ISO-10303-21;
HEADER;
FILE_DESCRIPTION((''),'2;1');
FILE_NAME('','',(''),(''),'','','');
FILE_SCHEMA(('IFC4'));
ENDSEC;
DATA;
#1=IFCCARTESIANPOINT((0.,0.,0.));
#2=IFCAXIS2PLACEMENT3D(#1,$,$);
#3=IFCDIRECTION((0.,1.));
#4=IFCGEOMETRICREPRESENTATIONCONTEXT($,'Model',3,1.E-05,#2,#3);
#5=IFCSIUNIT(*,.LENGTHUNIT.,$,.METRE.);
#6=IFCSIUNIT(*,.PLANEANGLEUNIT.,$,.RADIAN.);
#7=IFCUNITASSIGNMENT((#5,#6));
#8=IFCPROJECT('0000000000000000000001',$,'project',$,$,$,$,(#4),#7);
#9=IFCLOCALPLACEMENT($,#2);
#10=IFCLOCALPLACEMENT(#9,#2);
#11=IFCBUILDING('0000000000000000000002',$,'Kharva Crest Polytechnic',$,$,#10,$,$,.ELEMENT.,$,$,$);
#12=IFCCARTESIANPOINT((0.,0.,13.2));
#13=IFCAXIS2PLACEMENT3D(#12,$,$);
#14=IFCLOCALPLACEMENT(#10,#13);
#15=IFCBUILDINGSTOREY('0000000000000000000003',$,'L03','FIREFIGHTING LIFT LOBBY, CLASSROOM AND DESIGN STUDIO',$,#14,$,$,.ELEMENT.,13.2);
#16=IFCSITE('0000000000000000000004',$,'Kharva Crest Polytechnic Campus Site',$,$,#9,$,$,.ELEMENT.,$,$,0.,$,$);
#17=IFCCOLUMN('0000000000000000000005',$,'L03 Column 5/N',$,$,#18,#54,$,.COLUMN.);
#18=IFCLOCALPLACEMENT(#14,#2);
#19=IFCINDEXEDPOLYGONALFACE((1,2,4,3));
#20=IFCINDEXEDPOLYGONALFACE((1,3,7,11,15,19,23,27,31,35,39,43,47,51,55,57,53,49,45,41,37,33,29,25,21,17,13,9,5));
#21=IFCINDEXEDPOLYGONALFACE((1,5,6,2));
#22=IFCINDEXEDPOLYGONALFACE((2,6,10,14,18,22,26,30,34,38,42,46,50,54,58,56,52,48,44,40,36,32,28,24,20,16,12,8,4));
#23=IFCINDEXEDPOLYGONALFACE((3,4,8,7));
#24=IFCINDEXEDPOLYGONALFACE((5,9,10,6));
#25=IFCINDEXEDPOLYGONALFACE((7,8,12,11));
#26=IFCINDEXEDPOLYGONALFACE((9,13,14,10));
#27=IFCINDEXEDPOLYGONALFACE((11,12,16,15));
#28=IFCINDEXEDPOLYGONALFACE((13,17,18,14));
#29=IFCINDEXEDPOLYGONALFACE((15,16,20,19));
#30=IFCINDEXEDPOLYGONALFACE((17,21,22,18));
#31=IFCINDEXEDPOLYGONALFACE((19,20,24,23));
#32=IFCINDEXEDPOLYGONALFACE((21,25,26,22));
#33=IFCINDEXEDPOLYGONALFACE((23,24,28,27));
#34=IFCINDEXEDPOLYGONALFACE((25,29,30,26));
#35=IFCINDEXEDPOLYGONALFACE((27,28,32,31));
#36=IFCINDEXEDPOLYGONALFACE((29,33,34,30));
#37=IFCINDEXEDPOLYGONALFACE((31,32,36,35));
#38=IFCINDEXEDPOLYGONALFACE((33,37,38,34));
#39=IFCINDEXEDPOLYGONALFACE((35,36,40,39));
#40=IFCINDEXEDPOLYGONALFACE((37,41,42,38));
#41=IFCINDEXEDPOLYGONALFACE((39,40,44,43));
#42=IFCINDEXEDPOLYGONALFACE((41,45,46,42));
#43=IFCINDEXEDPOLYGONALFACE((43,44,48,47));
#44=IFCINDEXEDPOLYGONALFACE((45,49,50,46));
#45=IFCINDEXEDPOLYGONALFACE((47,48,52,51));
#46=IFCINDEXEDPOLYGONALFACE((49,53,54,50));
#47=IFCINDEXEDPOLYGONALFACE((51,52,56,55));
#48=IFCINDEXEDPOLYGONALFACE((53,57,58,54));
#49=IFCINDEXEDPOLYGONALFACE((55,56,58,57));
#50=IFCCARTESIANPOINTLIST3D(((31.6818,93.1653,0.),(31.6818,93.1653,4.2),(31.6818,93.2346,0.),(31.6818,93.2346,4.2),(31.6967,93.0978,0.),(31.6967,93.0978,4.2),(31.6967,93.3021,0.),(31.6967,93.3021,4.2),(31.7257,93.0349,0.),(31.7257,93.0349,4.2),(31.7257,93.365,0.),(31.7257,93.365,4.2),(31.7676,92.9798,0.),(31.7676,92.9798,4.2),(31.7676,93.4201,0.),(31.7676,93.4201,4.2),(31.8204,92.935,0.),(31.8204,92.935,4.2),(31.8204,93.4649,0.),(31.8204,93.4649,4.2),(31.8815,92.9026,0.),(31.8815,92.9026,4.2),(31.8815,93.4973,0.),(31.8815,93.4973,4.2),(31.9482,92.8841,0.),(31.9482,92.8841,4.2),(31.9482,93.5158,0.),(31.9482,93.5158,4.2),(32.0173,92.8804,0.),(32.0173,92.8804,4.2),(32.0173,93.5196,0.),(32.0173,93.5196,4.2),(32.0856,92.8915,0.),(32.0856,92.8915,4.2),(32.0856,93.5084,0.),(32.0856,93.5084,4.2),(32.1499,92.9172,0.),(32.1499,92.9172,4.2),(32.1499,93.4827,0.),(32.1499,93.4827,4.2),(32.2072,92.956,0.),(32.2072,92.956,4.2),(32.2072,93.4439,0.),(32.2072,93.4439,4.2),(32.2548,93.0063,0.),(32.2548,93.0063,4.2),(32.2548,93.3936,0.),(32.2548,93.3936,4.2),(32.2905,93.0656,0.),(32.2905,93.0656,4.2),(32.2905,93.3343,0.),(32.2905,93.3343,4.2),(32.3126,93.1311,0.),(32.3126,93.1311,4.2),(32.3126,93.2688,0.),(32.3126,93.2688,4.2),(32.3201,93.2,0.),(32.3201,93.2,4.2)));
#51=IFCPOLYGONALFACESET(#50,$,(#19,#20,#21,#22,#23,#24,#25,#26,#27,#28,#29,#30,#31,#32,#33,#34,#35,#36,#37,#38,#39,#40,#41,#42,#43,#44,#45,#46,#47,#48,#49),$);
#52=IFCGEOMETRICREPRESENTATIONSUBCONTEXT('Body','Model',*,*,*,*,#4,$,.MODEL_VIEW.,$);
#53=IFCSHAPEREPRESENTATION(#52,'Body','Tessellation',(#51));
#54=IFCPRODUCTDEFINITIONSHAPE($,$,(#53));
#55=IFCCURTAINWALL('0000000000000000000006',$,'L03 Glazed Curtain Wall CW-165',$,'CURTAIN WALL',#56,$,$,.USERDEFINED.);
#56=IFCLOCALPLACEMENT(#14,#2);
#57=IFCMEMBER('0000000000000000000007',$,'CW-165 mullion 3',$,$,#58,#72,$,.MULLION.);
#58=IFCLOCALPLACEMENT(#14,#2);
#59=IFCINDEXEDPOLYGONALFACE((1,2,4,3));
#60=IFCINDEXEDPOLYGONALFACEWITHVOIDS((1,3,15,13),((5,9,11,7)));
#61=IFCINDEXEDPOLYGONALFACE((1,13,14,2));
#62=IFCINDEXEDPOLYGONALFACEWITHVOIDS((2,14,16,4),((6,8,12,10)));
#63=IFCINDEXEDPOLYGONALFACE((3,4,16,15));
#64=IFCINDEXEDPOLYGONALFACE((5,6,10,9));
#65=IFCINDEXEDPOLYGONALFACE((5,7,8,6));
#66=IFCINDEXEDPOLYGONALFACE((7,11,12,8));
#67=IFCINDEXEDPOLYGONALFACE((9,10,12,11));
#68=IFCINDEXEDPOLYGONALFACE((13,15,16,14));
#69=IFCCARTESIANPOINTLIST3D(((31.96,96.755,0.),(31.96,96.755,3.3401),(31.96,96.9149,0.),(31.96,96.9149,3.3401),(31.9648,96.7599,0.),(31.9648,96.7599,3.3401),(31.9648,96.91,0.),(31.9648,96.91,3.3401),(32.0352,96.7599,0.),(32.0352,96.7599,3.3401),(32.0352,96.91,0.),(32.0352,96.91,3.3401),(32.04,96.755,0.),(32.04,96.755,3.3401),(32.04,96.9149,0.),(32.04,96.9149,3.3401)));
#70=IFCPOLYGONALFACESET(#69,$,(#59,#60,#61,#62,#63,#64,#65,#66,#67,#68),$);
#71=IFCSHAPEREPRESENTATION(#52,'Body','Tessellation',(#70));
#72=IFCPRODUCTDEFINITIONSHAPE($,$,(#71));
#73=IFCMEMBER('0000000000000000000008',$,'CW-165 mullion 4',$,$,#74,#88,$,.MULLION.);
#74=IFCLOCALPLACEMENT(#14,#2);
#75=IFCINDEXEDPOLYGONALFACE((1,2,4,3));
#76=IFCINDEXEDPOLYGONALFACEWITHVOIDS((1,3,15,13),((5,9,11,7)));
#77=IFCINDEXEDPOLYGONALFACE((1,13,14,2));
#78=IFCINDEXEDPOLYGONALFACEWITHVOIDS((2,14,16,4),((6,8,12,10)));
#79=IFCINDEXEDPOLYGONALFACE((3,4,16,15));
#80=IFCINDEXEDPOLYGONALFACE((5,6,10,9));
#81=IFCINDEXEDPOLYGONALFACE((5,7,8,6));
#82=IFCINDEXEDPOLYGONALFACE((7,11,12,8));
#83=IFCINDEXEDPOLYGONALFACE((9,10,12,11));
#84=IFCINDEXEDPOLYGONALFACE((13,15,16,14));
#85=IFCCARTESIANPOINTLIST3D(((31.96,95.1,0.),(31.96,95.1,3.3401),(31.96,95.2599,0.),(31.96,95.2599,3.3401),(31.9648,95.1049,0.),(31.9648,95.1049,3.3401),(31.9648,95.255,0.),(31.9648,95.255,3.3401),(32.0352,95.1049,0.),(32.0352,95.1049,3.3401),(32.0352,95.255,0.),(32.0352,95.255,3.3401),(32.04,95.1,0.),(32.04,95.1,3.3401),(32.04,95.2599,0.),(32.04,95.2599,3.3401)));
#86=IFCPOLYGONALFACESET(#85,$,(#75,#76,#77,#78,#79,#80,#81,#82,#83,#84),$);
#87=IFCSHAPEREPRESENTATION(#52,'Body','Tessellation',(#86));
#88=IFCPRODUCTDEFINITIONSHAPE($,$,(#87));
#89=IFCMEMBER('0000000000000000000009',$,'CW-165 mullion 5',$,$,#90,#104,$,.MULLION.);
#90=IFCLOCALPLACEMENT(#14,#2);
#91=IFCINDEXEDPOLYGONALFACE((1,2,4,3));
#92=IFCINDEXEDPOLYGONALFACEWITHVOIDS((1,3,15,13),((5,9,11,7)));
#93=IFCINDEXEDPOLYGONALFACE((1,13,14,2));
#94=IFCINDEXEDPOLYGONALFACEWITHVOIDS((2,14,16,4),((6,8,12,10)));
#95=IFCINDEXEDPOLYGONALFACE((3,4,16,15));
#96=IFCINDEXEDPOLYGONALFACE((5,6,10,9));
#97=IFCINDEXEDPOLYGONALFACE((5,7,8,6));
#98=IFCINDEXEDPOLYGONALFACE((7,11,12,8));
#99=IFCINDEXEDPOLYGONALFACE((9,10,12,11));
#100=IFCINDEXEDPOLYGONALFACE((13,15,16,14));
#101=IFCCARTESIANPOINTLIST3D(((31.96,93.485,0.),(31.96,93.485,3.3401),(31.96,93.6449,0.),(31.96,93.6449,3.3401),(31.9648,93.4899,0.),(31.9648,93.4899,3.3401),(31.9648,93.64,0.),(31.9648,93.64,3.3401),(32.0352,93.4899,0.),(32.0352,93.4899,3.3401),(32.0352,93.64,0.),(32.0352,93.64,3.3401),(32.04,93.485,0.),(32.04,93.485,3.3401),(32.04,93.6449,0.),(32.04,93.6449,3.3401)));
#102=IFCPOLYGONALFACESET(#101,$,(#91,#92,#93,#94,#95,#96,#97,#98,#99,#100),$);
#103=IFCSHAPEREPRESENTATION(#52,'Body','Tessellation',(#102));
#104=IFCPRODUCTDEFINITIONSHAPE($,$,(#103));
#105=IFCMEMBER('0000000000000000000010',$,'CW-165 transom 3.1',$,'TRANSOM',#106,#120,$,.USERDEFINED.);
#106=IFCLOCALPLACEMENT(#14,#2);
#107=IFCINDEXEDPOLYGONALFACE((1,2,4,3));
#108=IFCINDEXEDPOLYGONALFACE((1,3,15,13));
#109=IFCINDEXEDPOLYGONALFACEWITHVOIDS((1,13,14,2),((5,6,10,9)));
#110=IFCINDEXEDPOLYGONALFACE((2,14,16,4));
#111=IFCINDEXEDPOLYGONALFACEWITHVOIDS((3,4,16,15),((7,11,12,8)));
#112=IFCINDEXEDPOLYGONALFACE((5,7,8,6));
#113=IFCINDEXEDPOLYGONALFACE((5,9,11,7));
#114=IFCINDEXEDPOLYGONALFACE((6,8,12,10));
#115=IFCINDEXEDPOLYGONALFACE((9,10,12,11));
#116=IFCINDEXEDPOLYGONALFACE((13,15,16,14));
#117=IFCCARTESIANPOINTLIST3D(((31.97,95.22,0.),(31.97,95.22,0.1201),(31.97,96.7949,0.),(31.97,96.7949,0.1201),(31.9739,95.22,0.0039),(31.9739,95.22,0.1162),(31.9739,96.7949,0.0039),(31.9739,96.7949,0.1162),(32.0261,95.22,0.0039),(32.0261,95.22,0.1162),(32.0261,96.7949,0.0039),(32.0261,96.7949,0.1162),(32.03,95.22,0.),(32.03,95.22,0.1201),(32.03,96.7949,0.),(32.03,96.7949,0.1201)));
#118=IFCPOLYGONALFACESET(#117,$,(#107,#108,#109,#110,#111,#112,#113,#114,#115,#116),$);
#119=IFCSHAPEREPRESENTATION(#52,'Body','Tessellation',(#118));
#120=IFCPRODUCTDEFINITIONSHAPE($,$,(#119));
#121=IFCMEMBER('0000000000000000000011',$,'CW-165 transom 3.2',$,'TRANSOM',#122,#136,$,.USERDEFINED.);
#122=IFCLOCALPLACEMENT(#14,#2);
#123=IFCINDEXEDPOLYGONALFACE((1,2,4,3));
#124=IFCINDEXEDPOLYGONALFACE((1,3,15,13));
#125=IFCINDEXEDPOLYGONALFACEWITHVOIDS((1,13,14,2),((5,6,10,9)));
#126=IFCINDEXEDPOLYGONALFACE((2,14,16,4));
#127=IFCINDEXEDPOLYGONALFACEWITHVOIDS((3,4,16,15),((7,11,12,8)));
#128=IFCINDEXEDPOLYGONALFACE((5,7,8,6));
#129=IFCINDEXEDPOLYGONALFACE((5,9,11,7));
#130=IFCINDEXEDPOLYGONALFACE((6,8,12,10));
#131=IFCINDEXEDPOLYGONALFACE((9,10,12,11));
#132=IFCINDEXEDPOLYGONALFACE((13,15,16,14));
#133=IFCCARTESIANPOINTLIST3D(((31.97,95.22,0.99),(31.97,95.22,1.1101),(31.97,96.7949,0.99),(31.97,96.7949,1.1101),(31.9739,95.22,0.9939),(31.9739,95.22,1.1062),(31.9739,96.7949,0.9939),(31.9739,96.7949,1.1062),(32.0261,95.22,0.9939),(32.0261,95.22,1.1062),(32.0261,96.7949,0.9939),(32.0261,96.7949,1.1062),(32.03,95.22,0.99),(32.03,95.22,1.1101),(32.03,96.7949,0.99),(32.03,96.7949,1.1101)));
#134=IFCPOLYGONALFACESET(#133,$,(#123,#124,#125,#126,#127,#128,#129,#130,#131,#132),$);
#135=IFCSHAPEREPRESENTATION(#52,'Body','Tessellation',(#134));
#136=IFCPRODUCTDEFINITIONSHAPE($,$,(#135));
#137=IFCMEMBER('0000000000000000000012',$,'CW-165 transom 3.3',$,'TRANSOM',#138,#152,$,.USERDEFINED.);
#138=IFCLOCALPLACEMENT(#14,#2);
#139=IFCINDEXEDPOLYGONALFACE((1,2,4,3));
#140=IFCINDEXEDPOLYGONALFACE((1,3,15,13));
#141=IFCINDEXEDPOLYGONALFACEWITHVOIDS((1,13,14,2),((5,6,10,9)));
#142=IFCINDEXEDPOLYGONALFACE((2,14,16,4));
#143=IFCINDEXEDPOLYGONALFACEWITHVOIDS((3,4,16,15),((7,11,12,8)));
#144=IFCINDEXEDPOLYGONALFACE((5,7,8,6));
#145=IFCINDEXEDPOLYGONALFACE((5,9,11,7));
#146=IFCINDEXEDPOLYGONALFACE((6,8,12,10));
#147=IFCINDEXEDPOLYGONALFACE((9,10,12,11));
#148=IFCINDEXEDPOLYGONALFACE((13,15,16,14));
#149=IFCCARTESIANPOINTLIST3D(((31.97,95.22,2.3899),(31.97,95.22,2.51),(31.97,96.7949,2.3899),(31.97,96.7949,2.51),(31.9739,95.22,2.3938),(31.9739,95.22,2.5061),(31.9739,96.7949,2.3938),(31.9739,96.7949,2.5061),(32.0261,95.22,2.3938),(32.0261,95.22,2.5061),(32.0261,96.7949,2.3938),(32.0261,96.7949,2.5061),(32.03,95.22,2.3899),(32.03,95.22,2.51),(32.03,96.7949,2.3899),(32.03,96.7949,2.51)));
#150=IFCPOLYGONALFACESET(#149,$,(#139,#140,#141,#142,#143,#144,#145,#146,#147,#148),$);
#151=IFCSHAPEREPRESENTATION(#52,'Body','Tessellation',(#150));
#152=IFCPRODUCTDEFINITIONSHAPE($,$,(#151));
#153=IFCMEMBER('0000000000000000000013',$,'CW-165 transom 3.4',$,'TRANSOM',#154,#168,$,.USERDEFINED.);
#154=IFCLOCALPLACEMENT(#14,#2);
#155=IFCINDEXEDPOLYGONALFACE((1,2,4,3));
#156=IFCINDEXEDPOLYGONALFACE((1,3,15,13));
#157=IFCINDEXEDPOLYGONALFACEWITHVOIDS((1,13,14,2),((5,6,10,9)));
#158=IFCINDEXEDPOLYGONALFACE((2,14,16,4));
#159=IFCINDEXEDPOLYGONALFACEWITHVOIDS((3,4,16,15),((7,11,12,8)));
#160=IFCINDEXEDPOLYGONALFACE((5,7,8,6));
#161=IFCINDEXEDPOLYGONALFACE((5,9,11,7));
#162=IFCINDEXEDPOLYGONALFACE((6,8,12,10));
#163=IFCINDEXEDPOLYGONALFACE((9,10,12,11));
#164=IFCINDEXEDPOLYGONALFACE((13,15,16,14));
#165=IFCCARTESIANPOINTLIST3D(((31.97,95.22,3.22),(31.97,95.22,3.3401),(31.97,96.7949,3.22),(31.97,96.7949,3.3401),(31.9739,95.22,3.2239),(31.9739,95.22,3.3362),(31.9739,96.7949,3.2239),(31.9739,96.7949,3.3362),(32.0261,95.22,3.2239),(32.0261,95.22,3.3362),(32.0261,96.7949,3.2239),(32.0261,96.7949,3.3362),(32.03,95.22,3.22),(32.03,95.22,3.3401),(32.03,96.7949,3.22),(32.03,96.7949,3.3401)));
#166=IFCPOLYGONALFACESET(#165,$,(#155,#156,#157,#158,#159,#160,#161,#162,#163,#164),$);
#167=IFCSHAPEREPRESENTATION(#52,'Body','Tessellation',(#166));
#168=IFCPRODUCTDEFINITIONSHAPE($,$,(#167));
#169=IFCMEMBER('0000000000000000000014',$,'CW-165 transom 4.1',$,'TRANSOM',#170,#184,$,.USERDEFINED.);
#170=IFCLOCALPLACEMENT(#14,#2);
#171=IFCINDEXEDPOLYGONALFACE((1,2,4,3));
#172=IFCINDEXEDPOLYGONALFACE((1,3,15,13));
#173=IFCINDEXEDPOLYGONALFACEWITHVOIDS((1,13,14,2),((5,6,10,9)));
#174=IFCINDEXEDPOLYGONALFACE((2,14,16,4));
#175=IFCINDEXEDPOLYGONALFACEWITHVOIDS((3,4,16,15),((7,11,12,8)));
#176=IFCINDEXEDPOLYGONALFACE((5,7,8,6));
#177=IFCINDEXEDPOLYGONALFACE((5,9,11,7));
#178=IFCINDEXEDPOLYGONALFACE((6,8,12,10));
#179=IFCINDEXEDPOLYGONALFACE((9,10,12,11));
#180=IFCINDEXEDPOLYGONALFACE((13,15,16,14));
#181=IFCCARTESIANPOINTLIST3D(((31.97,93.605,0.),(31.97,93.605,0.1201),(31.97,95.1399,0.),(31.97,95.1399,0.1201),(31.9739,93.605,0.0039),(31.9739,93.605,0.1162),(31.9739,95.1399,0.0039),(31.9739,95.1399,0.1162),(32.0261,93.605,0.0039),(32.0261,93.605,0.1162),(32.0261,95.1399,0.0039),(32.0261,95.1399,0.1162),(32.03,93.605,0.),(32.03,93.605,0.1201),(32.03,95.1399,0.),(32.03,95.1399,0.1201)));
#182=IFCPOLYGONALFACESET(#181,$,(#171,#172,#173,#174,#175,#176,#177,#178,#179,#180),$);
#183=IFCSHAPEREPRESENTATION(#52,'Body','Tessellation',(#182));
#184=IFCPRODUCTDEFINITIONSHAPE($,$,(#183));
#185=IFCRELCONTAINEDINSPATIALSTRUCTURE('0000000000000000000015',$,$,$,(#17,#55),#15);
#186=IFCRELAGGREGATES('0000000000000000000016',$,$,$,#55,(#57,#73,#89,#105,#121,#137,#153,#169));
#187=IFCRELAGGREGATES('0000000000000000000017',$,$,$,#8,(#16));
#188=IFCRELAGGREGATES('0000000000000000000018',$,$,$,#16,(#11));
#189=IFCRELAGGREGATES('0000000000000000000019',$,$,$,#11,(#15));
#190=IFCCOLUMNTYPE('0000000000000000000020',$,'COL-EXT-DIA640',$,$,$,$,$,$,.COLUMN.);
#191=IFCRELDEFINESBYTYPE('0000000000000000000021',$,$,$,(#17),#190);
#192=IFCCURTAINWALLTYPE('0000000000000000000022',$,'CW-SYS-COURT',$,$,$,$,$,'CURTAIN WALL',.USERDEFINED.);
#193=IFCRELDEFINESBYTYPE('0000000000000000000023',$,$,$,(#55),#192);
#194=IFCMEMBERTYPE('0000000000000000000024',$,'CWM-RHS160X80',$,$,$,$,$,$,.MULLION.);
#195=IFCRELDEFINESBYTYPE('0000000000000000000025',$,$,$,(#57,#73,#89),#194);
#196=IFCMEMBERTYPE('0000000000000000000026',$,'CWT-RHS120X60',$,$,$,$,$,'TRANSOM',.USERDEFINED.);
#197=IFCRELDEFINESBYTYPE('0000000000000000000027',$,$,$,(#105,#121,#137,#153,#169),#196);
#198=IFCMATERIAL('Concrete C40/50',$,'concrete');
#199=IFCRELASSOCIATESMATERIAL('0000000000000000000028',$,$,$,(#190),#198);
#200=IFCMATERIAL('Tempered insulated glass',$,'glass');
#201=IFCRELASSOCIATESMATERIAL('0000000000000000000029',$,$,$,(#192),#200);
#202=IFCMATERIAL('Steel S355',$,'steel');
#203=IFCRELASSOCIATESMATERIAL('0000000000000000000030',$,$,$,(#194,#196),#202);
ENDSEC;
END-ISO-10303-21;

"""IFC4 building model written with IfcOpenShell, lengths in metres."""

from ifc_helpers import new_model, si_unit, direction, frame, origin, origin_2d, place, context, subcontext, project, spatial, hollow_rectangle, circle, extrude, material, material_profile, profile_set, type_object, element, aggregate, save


model = new_model("IFC4")

# Units and contexts
model_context = context("Model", 3, precision=1e-05, world=origin(), true_north=direction((0.0, 1.0)))
body_context = subcontext(model_context, "Body", "Model", "MODEL_VIEW")
ifc_project = project(units=[si_unit("LENGTHUNIT", "METRE"), si_unit("PLANEANGLEUNIT", "RADIAN")], contexts=[model_context])

# Site, building, storey
site_placement = place(None, origin())
site = spatial("IfcSite", under=ifc_project, at=site_placement, Name="Kharva Crest Polytechnic Campus Site", CompositionType="ELEMENT", RefElevation=0.0)
building_placement = place(site_placement, origin())
building = spatial("IfcBuilding", under=site, at=building_placement, Name="Kharva Crest Polytechnic", CompositionType="ELEMENT")
storey_placement = place(building_placement, frame((0.0, 0.0, 13.2)))
storey = spatial("IfcBuildingStorey", under=building, at=storey_placement, Name="L03", Description="FIREFIGHTING LIFT LOBBY, CLASSROOM AND DESIGN STUDIO", CompositionType="ELEMENT", Elevation=13.2)

# Column
ifc_material_1 = material(Name="Concrete C40/50", Category="concrete")
ifc_material_profile_1 = material_profile(ifc_material_1, circle(Radius=0.3201, at=origin_2d()), Name="DIA 640")
ifc_profile_set_1 = profile_set([ifc_material_profile_1], Name="Concrete C40/50")
column_type = type_object("IfcColumnType", Name="COL-EXT-DIA640", PredefinedType="COLUMN", material=ifc_profile_set_1)
column_placement = place(storey_placement, frame((32.0, 93.2, 0.0), z_axis=(0.0, 0.0, 1.0), x_axis=(1.0, 0.0, 0.0)))
element("IfcColumn", 1, at=column_placement, inside=storey, type_object=column_type, Name="L03 Column 5/N", PredefinedType="COLUMN", context=body_context, shape_type="SweptSolid", body=[
    extrude(circle(Radius=0.3201, at=origin_2d()), origin(), (0.0, 0.0, 1.0), 4.2),
])

# Curtain wall, members
ifc_material_2 = material(Name="Tempered insulated glass", Category="glass")
curtain_wall_type = type_object("IfcCurtainWallType", Name="CW-SYS-COURT", ElementType="CURTAIN WALL", PredefinedType="USERDEFINED", material=ifc_material_2)
curtain_wall_placement = place(storey_placement, origin())
curtain_wall = element("IfcCurtainWall", 2, at=curtain_wall_placement, inside=storey, type_object=curtain_wall_type, Name="L03 Glazed Curtain Wall CW-165", ObjectType="CURTAIN WALL", PredefinedType="USERDEFINED")
ifc_material_3 = material(Name="Steel S355", Category="steel")
ifc_material_profile_2 = material_profile(ifc_material_3, hollow_rectangle(XDim=0.0801, YDim=0.1599, WallThickness=0.0049, at=origin_2d()), Name="RHS 160X80X5.0")
ifc_profile_set_2 = profile_set([ifc_material_profile_2], Name="Steel S355")
member_type_1 = type_object("IfcMemberType", Name="CWM-RHS160X80", PredefinedType="MULLION", material=ifc_profile_set_2)
member_1_placement = place(storey_placement, frame((32.0, 96.835, 0.0), z_axis=(0.0, 0.0, 1.0), x_axis=(1.0, 0.0, 0.0)))
member_1 = element("IfcMember", 3, at=member_1_placement, type_object=member_type_1, Name="CW-165 mullion 3", PredefinedType="MULLION", context=body_context, shape_type="SweptSolid", body=[
    extrude(hollow_rectangle(XDim=0.0801, YDim=0.1599, WallThickness=0.0049, at=origin_2d()), origin(), (0.0, 0.0, 1.0), 3.3401),
])
member_2_placement = place(storey_placement, frame((32.0, 95.1799, 0.0), z_axis=(0.0, 0.0, 1.0), x_axis=(1.0, 0.0, 0.0)))
member_2 = element("IfcMember", 4, at=member_2_placement, type_object=member_type_1, Name="CW-165 mullion 4", PredefinedType="MULLION", context=body_context, shape_type="SweptSolid", body=[
    extrude(hollow_rectangle(XDim=0.0801, YDim=0.1599, WallThickness=0.0049, at=origin_2d()), origin(), (0.0, 0.0, 1.0), 3.3401),
])
member_3_placement = place(storey_placement, frame((32.0, 93.5649, 0.0), z_axis=(0.0, 0.0, 1.0), x_axis=(1.0, 0.0, 0.0)))
member_3 = element("IfcMember", 5, at=member_3_placement, type_object=member_type_1, Name="CW-165 mullion 5", PredefinedType="MULLION", context=body_context, shape_type="SweptSolid", body=[
    extrude(hollow_rectangle(XDim=0.0801, YDim=0.1599, WallThickness=0.0049, at=origin_2d()), origin(), (0.0, 0.0, 1.0), 3.3401),
])
ifc_material_profile_3 = material_profile(ifc_material_3, hollow_rectangle(XDim=0.0601, YDim=0.1201, WallThickness=0.0039, at=origin_2d()), Name="RHS 120X60X4.0")
ifc_profile_set_3 = profile_set([ifc_material_profile_3], Name="Steel S355")
member_type_2 = type_object("IfcMemberType", Name="CWT-RHS120X60", ElementType="TRANSOM", PredefinedType="USERDEFINED", material=ifc_profile_set_3)
member_4_placement = place(storey_placement, frame((32.0, 96.7949, 0.0601), z_axis=(0.0, -1.0, 0.0), x_axis=(1.0, 0.0, 0.0)))
member_4 = element("IfcMember", 6, at=member_4_placement, type_object=member_type_2, Name="CW-165 transom 3.1", ObjectType="TRANSOM", PredefinedType="USERDEFINED", context=body_context, shape_type="SweptSolid", body=[
    extrude(hollow_rectangle(XDim=0.0601, YDim=0.1201, WallThickness=0.0039, at=origin_2d()), origin(), (0.0, 0.0, 1.0), 1.575),
])
member_5_placement = place(storey_placement, frame((32.0, 96.7949, 1.05), z_axis=(0.0, -1.0, 0.0), x_axis=(1.0, 0.0, 0.0)))
member_5 = element("IfcMember", 7, at=member_5_placement, type_object=member_type_2, Name="CW-165 transom 3.2", ObjectType="TRANSOM", PredefinedType="USERDEFINED", context=body_context, shape_type="SweptSolid", body=[
    extrude(hollow_rectangle(XDim=0.0601, YDim=0.1201, WallThickness=0.0039, at=origin_2d()), origin(), (0.0, 0.0, 1.0), 1.575),
])
member_6_placement = place(storey_placement, frame((32.0, 96.7949, 2.45), z_axis=(0.0, -1.0, 0.0), x_axis=(1.0, 0.0, 0.0)))
member_6 = element("IfcMember", 8, at=member_6_placement, type_object=member_type_2, Name="CW-165 transom 3.3", ObjectType="TRANSOM", PredefinedType="USERDEFINED", context=body_context, shape_type="SweptSolid", body=[
    extrude(hollow_rectangle(XDim=0.0601, YDim=0.1201, WallThickness=0.0039, at=origin_2d()), origin(), (0.0, 0.0, 1.0), 1.575),
])
member_7_placement = place(storey_placement, frame((32.0, 96.7949, 3.28), z_axis=(0.0, -1.0, 0.0), x_axis=(1.0, 0.0, 0.0)))
member_7 = element("IfcMember", 9, at=member_7_placement, type_object=member_type_2, Name="CW-165 transom 3.4", ObjectType="TRANSOM", PredefinedType="USERDEFINED", context=body_context, shape_type="SweptSolid", body=[
    extrude(hollow_rectangle(XDim=0.0601, YDim=0.1201, WallThickness=0.0039, at=origin_2d()), origin(), (0.0, 0.0, 1.0), 1.575),
])
member_8_placement = place(storey_placement, frame((32.0, 95.1399, 0.0601), z_axis=(0.0, -1.0, 0.0), x_axis=(1.0, 0.0, 0.0)))
member_8 = element("IfcMember", 10, at=member_8_placement, type_object=member_type_2, Name="CW-165 transom 4.1", ObjectType="TRANSOM", PredefinedType="USERDEFINED", context=body_context, shape_type="SweptSolid", body=[
    extrude(hollow_rectangle(XDim=0.0601, YDim=0.1201, WallThickness=0.0039, at=origin_2d()), origin(), (0.0, 0.0, 1.0), 1.5349),
])

aggregate(curtain_wall, [member_1, member_2, member_3, member_4, member_5, member_6, member_7, member_8])

save(model, "model.ifc")
